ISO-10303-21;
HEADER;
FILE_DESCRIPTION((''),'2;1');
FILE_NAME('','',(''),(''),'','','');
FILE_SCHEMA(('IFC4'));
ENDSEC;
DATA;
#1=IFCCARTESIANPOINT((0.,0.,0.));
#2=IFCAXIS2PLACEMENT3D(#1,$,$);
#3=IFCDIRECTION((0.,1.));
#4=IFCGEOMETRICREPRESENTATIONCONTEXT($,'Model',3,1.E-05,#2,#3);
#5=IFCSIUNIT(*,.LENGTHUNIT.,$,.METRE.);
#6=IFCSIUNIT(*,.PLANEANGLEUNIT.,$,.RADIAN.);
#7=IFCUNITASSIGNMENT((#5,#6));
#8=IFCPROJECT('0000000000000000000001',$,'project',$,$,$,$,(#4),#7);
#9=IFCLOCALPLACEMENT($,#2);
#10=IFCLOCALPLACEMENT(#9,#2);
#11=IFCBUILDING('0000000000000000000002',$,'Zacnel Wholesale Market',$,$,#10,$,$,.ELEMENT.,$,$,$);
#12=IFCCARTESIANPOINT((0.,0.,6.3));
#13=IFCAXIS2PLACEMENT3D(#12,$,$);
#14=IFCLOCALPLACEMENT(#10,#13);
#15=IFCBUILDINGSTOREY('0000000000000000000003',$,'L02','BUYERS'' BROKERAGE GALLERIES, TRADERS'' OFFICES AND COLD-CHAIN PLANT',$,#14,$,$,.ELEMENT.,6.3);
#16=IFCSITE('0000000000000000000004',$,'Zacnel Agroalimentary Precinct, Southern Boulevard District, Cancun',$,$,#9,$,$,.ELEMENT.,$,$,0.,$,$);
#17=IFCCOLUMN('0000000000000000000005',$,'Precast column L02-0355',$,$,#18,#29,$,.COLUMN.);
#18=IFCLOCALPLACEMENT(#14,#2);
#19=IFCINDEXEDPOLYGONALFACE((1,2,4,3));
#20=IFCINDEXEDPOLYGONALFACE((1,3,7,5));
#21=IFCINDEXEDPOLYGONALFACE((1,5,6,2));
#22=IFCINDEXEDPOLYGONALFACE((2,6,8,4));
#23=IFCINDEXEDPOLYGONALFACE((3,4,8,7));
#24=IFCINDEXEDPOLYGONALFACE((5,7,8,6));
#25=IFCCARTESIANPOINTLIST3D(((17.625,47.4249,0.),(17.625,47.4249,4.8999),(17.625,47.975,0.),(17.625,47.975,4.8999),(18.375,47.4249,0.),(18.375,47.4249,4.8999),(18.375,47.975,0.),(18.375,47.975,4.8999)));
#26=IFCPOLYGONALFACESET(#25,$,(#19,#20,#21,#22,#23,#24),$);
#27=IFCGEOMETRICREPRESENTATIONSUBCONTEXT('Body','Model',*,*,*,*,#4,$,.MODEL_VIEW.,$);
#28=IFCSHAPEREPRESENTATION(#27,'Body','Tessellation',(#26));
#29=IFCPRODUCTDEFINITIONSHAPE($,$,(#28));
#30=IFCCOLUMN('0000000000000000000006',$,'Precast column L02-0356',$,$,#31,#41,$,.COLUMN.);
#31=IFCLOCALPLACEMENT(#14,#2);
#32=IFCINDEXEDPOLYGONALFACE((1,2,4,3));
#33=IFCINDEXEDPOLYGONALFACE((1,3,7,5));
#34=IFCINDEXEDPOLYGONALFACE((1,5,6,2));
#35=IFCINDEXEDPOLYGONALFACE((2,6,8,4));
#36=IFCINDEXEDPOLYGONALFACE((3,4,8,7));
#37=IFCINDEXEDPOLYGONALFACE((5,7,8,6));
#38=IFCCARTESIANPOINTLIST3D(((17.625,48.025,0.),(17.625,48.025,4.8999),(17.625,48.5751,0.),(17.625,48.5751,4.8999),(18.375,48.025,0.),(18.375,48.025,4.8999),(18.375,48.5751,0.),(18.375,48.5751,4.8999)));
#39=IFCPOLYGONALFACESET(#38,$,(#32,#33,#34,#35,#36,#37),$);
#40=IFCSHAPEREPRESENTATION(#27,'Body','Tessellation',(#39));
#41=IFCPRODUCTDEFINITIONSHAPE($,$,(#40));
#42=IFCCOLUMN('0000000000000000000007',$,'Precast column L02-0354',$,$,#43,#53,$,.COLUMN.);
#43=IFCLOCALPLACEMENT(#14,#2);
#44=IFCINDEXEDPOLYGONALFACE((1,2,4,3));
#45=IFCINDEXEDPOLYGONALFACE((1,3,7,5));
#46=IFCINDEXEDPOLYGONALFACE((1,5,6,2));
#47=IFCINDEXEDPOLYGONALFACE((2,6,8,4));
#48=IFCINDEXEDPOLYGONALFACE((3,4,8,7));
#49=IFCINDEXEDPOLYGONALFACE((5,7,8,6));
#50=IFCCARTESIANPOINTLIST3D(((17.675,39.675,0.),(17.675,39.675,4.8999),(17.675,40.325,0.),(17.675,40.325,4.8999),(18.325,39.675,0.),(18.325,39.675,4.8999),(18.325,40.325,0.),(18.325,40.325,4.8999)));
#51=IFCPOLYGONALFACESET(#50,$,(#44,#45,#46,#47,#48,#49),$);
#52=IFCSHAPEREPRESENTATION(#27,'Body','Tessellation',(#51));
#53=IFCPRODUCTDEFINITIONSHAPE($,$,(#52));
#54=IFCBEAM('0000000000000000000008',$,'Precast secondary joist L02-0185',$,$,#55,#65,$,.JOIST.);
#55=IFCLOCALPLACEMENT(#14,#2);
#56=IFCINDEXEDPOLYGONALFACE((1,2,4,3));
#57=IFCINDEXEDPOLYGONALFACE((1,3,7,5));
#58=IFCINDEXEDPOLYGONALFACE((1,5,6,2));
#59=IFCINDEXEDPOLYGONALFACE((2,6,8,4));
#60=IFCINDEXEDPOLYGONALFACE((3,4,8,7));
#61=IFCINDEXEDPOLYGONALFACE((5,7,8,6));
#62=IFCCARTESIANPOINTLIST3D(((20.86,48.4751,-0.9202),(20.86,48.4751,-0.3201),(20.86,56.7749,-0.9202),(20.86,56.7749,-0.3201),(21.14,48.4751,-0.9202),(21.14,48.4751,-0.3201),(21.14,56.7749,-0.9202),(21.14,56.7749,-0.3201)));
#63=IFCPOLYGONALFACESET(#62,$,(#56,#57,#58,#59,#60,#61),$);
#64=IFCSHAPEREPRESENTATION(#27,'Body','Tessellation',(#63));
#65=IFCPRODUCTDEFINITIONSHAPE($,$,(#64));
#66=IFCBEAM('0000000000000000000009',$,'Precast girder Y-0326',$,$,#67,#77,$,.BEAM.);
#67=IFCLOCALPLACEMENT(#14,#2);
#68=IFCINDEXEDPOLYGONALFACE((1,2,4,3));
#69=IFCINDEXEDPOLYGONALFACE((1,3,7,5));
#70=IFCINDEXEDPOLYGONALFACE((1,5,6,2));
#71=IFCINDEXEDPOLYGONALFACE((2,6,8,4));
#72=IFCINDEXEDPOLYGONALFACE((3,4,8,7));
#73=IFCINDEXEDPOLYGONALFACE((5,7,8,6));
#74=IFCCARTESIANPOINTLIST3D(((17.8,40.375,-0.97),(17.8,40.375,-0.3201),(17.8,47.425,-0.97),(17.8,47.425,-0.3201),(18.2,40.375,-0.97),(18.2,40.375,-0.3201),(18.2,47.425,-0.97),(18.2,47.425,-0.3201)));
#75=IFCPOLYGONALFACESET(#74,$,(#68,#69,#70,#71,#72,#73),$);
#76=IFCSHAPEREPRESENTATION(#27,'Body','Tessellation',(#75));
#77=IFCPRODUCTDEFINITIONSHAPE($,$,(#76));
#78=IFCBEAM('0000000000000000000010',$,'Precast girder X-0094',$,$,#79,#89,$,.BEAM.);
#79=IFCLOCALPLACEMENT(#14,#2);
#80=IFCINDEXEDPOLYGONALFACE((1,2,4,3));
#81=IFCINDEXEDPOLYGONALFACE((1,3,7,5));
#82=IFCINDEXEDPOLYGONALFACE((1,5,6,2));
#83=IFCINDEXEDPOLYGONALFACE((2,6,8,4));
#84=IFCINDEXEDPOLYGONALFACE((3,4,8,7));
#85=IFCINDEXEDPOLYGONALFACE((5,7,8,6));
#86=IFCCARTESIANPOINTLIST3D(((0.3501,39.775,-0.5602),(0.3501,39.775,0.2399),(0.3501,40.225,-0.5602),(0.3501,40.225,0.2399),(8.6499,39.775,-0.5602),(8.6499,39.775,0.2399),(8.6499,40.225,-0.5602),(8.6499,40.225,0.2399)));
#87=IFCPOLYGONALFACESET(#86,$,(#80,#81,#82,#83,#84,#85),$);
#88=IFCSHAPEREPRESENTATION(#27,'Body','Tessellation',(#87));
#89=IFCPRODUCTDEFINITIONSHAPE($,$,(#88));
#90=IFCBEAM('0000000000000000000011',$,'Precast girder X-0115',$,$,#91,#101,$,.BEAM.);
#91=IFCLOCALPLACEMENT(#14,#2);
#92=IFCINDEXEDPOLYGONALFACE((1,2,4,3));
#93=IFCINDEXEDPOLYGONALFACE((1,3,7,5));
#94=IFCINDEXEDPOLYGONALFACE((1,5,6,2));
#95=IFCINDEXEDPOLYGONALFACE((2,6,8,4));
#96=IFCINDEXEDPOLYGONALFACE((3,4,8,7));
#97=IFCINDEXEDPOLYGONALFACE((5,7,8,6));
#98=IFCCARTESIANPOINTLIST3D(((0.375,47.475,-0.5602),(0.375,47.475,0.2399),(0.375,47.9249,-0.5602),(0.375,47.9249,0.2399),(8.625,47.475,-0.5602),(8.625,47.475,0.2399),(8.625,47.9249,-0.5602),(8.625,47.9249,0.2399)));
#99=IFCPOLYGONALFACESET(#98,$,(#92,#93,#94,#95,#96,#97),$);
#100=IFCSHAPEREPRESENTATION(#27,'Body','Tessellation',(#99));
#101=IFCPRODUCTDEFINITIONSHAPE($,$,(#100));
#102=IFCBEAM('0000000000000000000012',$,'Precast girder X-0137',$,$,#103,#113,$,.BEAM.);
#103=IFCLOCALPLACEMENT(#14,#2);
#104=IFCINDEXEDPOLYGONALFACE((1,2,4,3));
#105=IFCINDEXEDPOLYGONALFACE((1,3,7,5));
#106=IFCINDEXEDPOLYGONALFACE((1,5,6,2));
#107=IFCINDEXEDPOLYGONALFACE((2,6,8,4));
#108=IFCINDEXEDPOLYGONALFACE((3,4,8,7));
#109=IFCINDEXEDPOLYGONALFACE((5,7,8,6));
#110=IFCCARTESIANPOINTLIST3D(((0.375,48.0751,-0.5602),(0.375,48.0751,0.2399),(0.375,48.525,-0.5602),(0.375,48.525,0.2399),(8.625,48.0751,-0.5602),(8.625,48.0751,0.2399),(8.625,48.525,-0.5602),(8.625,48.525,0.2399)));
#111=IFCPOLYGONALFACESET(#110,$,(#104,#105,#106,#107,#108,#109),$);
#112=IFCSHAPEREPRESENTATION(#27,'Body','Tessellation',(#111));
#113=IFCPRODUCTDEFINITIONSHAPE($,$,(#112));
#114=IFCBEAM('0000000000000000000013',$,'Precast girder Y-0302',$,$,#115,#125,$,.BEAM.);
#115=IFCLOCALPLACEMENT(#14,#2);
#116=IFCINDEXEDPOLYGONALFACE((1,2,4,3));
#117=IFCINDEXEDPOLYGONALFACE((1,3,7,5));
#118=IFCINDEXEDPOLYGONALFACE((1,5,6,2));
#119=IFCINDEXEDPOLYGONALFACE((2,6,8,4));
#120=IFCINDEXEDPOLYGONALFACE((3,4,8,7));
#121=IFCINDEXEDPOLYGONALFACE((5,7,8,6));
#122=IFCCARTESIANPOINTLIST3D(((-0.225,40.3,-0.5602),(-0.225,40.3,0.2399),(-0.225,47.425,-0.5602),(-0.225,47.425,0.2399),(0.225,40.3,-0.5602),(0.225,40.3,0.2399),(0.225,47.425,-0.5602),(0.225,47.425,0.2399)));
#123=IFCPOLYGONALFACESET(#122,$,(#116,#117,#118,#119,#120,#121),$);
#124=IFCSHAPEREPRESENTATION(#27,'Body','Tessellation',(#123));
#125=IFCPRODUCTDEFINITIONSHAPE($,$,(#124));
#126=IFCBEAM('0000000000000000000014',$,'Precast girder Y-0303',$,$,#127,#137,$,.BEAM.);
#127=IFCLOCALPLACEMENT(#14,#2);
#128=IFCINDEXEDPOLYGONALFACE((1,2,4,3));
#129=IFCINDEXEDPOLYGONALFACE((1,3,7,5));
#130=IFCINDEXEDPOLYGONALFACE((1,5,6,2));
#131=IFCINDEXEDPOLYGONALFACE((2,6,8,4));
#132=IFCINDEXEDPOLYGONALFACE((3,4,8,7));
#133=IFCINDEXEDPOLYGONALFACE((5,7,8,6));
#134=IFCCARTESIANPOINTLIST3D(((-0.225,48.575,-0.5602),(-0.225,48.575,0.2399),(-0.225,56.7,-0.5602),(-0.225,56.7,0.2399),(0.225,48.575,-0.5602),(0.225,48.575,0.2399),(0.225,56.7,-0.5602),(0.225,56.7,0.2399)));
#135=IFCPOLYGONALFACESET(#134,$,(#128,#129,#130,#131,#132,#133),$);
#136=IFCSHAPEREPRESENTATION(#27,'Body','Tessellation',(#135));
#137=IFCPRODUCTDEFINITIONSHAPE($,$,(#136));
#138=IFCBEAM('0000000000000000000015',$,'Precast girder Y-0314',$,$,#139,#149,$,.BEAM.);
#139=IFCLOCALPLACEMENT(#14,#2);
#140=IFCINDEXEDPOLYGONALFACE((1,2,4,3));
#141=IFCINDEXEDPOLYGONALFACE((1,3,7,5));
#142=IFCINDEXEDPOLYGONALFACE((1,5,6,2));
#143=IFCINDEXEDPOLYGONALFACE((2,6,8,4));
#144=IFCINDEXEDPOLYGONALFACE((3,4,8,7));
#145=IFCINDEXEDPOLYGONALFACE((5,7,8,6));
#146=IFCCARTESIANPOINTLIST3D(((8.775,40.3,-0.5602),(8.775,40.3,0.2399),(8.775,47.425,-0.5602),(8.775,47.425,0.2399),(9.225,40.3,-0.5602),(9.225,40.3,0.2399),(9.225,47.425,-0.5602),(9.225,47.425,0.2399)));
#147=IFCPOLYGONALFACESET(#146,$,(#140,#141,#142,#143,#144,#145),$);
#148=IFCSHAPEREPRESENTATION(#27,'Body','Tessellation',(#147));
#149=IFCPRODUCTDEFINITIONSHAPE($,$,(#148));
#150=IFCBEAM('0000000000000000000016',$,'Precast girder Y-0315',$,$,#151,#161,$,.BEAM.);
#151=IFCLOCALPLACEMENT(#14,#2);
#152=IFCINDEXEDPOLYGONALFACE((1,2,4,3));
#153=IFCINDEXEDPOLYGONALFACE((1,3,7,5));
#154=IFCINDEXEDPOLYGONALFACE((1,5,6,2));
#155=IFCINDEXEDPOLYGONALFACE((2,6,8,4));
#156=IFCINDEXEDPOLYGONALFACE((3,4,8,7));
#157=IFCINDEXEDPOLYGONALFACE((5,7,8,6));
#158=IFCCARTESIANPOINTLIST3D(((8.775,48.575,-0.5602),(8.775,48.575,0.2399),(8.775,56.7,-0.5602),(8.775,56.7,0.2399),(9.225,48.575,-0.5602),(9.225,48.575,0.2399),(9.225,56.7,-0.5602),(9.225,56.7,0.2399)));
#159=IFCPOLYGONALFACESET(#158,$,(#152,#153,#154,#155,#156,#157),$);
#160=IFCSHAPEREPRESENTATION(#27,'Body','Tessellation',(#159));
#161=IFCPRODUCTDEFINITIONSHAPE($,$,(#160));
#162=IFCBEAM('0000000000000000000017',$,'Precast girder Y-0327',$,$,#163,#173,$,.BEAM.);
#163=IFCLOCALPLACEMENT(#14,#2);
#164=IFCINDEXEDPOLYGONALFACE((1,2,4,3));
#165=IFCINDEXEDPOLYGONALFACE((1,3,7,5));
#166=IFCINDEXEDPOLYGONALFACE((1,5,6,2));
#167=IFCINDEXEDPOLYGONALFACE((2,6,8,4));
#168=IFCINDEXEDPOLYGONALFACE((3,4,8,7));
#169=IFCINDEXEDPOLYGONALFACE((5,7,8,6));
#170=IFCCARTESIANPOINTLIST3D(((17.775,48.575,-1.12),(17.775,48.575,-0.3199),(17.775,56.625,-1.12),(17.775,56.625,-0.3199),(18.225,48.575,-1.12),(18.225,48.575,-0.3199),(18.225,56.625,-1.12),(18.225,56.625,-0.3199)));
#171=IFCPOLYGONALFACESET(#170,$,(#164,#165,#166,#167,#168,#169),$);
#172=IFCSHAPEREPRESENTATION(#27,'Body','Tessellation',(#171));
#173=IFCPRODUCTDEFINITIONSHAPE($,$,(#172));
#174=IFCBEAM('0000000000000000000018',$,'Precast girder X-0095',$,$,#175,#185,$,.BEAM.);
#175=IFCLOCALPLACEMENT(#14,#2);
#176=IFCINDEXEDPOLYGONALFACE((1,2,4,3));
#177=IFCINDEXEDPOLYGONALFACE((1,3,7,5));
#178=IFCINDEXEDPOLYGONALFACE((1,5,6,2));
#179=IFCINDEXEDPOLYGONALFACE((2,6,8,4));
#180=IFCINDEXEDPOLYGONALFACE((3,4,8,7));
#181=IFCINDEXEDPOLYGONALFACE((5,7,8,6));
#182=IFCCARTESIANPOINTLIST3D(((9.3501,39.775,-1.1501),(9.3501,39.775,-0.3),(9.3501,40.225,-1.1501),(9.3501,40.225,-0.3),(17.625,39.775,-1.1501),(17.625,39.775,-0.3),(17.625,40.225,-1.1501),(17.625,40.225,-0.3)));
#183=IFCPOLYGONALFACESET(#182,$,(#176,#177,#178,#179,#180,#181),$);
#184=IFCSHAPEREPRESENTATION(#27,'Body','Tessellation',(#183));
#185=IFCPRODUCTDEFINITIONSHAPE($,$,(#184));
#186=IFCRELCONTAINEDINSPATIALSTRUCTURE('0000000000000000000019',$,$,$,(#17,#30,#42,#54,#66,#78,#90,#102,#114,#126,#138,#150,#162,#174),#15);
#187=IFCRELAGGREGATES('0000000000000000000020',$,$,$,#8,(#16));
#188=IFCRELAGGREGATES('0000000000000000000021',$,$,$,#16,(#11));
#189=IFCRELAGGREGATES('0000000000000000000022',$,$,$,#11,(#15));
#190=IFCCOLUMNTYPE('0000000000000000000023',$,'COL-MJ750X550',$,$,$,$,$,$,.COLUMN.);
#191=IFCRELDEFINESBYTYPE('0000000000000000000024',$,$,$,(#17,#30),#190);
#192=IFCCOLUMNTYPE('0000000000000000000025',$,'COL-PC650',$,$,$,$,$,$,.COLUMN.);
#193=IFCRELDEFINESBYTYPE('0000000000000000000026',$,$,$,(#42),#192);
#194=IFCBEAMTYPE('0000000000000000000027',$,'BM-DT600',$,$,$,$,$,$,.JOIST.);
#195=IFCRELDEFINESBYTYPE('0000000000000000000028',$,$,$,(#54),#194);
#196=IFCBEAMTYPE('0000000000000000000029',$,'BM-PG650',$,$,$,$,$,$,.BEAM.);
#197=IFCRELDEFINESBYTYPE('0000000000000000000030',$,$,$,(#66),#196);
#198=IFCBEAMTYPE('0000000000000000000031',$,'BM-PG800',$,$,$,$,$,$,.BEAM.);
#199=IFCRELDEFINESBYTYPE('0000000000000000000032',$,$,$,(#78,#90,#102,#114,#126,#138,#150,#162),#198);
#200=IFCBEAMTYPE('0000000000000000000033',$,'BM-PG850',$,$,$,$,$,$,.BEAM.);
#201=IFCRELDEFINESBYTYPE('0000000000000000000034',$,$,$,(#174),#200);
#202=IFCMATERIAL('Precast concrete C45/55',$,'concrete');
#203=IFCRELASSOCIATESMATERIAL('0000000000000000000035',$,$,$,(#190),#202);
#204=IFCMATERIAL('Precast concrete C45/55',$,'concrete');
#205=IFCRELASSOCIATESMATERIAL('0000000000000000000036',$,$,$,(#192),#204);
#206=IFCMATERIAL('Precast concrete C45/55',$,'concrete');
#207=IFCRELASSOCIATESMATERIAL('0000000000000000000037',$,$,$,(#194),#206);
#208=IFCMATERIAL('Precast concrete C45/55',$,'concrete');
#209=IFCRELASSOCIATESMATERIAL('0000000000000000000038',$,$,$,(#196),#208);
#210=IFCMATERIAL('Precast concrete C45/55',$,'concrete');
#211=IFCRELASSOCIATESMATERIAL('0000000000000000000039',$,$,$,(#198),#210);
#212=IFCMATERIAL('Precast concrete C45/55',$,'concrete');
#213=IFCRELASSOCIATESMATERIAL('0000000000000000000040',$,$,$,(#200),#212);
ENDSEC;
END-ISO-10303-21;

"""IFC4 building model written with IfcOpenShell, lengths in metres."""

from ifc_helpers import new_model, si_unit, direction, frame, origin, origin_2d, place, context, subcontext, project, spatial, rectangle, extrude, material, material_profile, profile_set, type_object, element, save


model = new_model("IFC4")

# Units and contexts
model_context = context("Model", 3, precision=1e-05, world=origin(), true_north=direction((0.0, 1.0)))
body_context = subcontext(model_context, "Body", "Model", "MODEL_VIEW")
ifc_project = project(units=[si_unit("LENGTHUNIT", "METRE"), si_unit("PLANEANGLEUNIT", "RADIAN")], contexts=[model_context])

# Site, building, storey
site_placement = place(None, origin())
site = spatial("IfcSite", under=ifc_project, at=site_placement, Name="Zacnel Agroalimentary Precinct, Southern Boulevard District, Cancun", CompositionType="ELEMENT", RefElevation=0.0)
building_placement = place(site_placement, origin())
building = spatial("IfcBuilding", under=site, at=building_placement, Name="Zacnel Wholesale Market", CompositionType="ELEMENT")
storey_placement = place(building_placement, frame((0.0, 0.0, 6.3)))
storey = spatial("IfcBuildingStorey", under=building, at=storey_placement, Name="L02", Description="BUYERS' BROKERAGE GALLERIES, TRADERS' OFFICES AND COLD-CHAIN PLANT", CompositionType="ELEMENT", Elevation=6.3)

# Columns
ifc_material_1 = material(Name="Precast concrete C45/55", Category="concrete")
ifc_material_profile_1 = material_profile(ifc_material_1, rectangle(XDim=0.75, YDim=0.55, at=origin_2d()), Name="PC 750x550")
ifc_profile_set_1 = profile_set([ifc_material_profile_1], Name="Precast concrete C45/55")
column_type_1 = type_object("IfcColumnType", Name="COL-MJ750X550", PredefinedType="COLUMN", material=ifc_profile_set_1)
for number, where, z_axis, x_axis, name in (
    (1, (18.0, 47.7, 0.0), (0.0, 0.0, 1.0), (1.0, 0.0, 0.0), "Precast column L02-0355"),
    (2, (18.0, 48.3, 0.0), (0.0, 0.0, 1.0), (1.0, 0.0, 0.0), "Precast column L02-0356"),
):
    element("IfcColumn", number, at=place(storey_placement, frame(where, z_axis=z_axis, x_axis=x_axis)), inside=storey, type_object=column_type_1, Name=name, PredefinedType="COLUMN", context=body_context, shape_type="SweptSolid", body=[
        extrude(rectangle(XDim=0.75, YDim=0.55, at=origin_2d()), origin(), (0.0, 0.0, 1.0), 4.8999),
    ])
ifc_material_2 = material(Name="Precast concrete C45/55", Category="concrete")
ifc_material_profile_2 = material_profile(ifc_material_2, rectangle(XDim=0.6499, YDim=0.6499, at=origin_2d()), Name="PC 650x650")
ifc_profile_set_2 = profile_set([ifc_material_profile_2], Name="Precast concrete C45/55")
column_type_2 = type_object("IfcColumnType", Name="COL-PC650", PredefinedType="COLUMN", material=ifc_profile_set_2)
column_placement = place(storey_placement, frame((18.0, 40.0, 0.0), z_axis=(0.0, 0.0, 1.0), x_axis=(1.0, 0.0, 0.0)))
element("IfcColumn", 3, at=column_placement, inside=storey, type_object=column_type_2, Name="Precast column L02-0354", PredefinedType="COLUMN", context=body_context, shape_type="SweptSolid", body=[
    extrude(rectangle(XDim=0.6499, YDim=0.6499, at=origin_2d()), origin(), (0.0, 0.0, 1.0), 4.8999),
])

# Beams
ifc_material_3 = material(Name="Precast concrete C45/55", Category="concrete")
ifc_material_profile_3 = material_profile(ifc_material_3, rectangle(XDim=0.28, YDim=0.6001, at=origin_2d()), Name="DT RIB 280x600")
ifc_profile_set_3 = profile_set([ifc_material_profile_3], Name="Precast concrete C45/55")
beam_type_1 = type_object("IfcBeamType", Name="BM-DT600", PredefinedType="JOIST", material=ifc_profile_set_3)
beam_1_placement = place(storey_placement, frame((21.0, 48.4751, -0.6201), z_axis=(0.0, 1.0, 0.0), x_axis=(-1.0, 0.0, 0.0)))
element("IfcBeam", 4, at=beam_1_placement, inside=storey, type_object=beam_type_1, Name="Precast secondary joist L02-0185", PredefinedType="JOIST", context=body_context, shape_type="SweptSolid", body=[
    extrude(rectangle(XDim=0.28, YDim=0.6001, at=origin_2d()), origin(), (0.0, 0.0, 1.0), 8.2998),
])
ifc_material_4 = material(Name="Precast concrete C45/55", Category="concrete")
ifc_material_profile_4 = material_profile(ifc_material_4, rectangle(XDim=0.3999, YDim=0.6499, at=origin_2d()), Name="PG 400x650")
ifc_profile_set_4 = profile_set([ifc_material_profile_4], Name="Precast concrete C45/55")
beam_type_2 = type_object("IfcBeamType", Name="BM-PG650", PredefinedType="BEAM", material=ifc_profile_set_4)
beam_2_placement = place(storey_placement, frame((18.0, 40.375, -0.645), z_axis=(0.0, 1.0, 0.0), x_axis=(-1.0, 0.0, 0.0)))
element("IfcBeam", 5, at=beam_2_placement, inside=storey, type_object=beam_type_2, Name="Precast girder Y-0326", PredefinedType="BEAM", context=body_context, shape_type="SweptSolid", body=[
    extrude(rectangle(XDim=0.3999, YDim=0.6499, at=origin_2d()), origin(), (0.0, 0.0, 1.0), 7.05),
])
ifc_material_5 = material(Name="Precast concrete C45/55", Category="concrete")
ifc_material_profile_5 = material_profile(ifc_material_5, rectangle(XDim=0.45, YDim=0.8, at=origin_2d()), Name="PG 450x800")
ifc_profile_set_5 = profile_set([ifc_material_profile_5], Name="Precast concrete C45/55")
beam_type_3 = type_object("IfcBeamType", Name="BM-PG800", PredefinedType="BEAM", material=ifc_profile_set_5)
beam_3_placement = place(storey_placement, frame((0.3501, 40.0, -0.1602), z_axis=(1.0, 0.0, 0.0), x_axis=(0.0, 1.0, 0.0)))
element("IfcBeam", 6, at=beam_3_placement, inside=storey, type_object=beam_type_3, Name="Precast girder X-0094", PredefinedType="BEAM", context=body_context, shape_type="SweptSolid", body=[
    extrude(rectangle(XDim=0.45, YDim=0.8, at=origin_2d()), origin(), (0.0, 0.0, 1.0), 8.2998),
])
for number, where, z_axis, x_axis, name in (
    (7, (0.375, 47.7, -0.1602), (1.0, 0.0, 0.0), (0.0, 1.0, 0.0), "Precast girder X-0115"),
    (8, (0.375, 48.3, -0.1602), (1.0, 0.0, 0.0), (0.0, 1.0, 0.0), "Precast girder X-0137"),
):
    element("IfcBeam", number, at=place(storey_placement, frame(where, z_axis=z_axis, x_axis=x_axis)), inside=storey, type_object=beam_type_3, Name=name, PredefinedType="BEAM", context=body_context, shape_type="SweptSolid", body=[
        extrude(rectangle(XDim=0.45, YDim=0.8, at=origin_2d()), origin(), (0.0, 0.0, 1.0), 8.25),
    ])
beam_4_placement = place(storey_placement, frame((0.0, 40.3, -0.1602), z_axis=(0.0, 1.0, 0.0), x_axis=(-1.0, 0.0, 0.0)))
element("IfcBeam", 9, at=beam_4_placement, inside=storey, type_object=beam_type_3, Name="Precast girder Y-0302", PredefinedType="BEAM", context=body_context, shape_type="SweptSolid", body=[
    extrude(rectangle(XDim=0.45, YDim=0.8, at=origin_2d()), origin(), (0.0, 0.0, 1.0), 7.125),
])
beam_5_placement = place(storey_placement, frame((0.0, 48.575, -0.1602), z_axis=(0.0, 1.0, 0.0), x_axis=(-1.0, 0.0, 0.0)))
element("IfcBeam", 10, at=beam_5_placement, inside=storey, type_object=beam_type_3, Name="Precast girder Y-0303", PredefinedType="BEAM", context=body_context, shape_type="SweptSolid", body=[
    extrude(rectangle(XDim=0.45, YDim=0.8, at=origin_2d()), origin(), (0.0, 0.0, 1.0), 8.125),
])
beam_6_placement = place(storey_placement, frame((9.0, 40.3, -0.1602), z_axis=(0.0, 1.0, 0.0), x_axis=(-1.0, 0.0, 0.0)))
element("IfcBeam", 11, at=beam_6_placement, inside=storey, type_object=beam_type_3, Name="Precast girder Y-0314", PredefinedType="BEAM", context=body_context, shape_type="SweptSolid", body=[
    extrude(rectangle(XDim=0.45, YDim=0.8, at=origin_2d()), origin(), (0.0, 0.0, 1.0), 7.125),
])
beam_7_placement = place(storey_placement, frame((9.0, 48.575, -0.1602), z_axis=(0.0, 1.0, 0.0), x_axis=(-1.0, 0.0, 0.0)))
element("IfcBeam", 12, at=beam_7_placement, inside=storey, type_object=beam_type_3, Name="Precast girder Y-0315", PredefinedType="BEAM", context=body_context, shape_type="SweptSolid", body=[
    extrude(rectangle(XDim=0.45, YDim=0.8, at=origin_2d()), origin(), (0.0, 0.0, 1.0), 8.125),
])
beam_8_placement = place(storey_placement, frame((18.0, 48.575, -0.72), z_axis=(0.0, 1.0, 0.0), x_axis=(-1.0, 0.0, 0.0)))
element("IfcBeam", 13, at=beam_8_placement, inside=storey, type_object=beam_type_3, Name="Precast girder Y-0327", PredefinedType="BEAM", context=body_context, shape_type="SweptSolid", body=[
    extrude(rectangle(XDim=0.45, YDim=0.8, at=origin_2d()), origin(), (0.0, 0.0, 1.0), 8.05),
])
ifc_material_6 = material(Name="Precast concrete C45/55", Category="concrete")
ifc_material_profile_6 = material_profile(ifc_material_6, rectangle(XDim=0.45, YDim=0.8501, at=origin_2d()), Name="PG 450x850")
ifc_profile_set_6 = profile_set([ifc_material_profile_6], Name="Precast concrete C45/55")
beam_type_4 = type_object("IfcBeamType", Name="BM-PG850", PredefinedType="BEAM", material=ifc_profile_set_6)
beam_9_placement = place(storey_placement, frame((9.3501, 40.0, -0.7251), z_axis=(1.0, 0.0, 0.0), x_axis=(0.0, 1.0, 0.0)))
element("IfcBeam", 14, at=beam_9_placement, inside=storey, type_object=beam_type_4, Name="Precast girder X-0095", PredefinedType="BEAM", context=body_context, shape_type="SweptSolid", body=[
    extrude(rectangle(XDim=0.45, YDim=0.8501, at=origin_2d()), origin(), (0.0, 0.0, 1.0), 8.2749),
])

save(model, "model.ifc")
